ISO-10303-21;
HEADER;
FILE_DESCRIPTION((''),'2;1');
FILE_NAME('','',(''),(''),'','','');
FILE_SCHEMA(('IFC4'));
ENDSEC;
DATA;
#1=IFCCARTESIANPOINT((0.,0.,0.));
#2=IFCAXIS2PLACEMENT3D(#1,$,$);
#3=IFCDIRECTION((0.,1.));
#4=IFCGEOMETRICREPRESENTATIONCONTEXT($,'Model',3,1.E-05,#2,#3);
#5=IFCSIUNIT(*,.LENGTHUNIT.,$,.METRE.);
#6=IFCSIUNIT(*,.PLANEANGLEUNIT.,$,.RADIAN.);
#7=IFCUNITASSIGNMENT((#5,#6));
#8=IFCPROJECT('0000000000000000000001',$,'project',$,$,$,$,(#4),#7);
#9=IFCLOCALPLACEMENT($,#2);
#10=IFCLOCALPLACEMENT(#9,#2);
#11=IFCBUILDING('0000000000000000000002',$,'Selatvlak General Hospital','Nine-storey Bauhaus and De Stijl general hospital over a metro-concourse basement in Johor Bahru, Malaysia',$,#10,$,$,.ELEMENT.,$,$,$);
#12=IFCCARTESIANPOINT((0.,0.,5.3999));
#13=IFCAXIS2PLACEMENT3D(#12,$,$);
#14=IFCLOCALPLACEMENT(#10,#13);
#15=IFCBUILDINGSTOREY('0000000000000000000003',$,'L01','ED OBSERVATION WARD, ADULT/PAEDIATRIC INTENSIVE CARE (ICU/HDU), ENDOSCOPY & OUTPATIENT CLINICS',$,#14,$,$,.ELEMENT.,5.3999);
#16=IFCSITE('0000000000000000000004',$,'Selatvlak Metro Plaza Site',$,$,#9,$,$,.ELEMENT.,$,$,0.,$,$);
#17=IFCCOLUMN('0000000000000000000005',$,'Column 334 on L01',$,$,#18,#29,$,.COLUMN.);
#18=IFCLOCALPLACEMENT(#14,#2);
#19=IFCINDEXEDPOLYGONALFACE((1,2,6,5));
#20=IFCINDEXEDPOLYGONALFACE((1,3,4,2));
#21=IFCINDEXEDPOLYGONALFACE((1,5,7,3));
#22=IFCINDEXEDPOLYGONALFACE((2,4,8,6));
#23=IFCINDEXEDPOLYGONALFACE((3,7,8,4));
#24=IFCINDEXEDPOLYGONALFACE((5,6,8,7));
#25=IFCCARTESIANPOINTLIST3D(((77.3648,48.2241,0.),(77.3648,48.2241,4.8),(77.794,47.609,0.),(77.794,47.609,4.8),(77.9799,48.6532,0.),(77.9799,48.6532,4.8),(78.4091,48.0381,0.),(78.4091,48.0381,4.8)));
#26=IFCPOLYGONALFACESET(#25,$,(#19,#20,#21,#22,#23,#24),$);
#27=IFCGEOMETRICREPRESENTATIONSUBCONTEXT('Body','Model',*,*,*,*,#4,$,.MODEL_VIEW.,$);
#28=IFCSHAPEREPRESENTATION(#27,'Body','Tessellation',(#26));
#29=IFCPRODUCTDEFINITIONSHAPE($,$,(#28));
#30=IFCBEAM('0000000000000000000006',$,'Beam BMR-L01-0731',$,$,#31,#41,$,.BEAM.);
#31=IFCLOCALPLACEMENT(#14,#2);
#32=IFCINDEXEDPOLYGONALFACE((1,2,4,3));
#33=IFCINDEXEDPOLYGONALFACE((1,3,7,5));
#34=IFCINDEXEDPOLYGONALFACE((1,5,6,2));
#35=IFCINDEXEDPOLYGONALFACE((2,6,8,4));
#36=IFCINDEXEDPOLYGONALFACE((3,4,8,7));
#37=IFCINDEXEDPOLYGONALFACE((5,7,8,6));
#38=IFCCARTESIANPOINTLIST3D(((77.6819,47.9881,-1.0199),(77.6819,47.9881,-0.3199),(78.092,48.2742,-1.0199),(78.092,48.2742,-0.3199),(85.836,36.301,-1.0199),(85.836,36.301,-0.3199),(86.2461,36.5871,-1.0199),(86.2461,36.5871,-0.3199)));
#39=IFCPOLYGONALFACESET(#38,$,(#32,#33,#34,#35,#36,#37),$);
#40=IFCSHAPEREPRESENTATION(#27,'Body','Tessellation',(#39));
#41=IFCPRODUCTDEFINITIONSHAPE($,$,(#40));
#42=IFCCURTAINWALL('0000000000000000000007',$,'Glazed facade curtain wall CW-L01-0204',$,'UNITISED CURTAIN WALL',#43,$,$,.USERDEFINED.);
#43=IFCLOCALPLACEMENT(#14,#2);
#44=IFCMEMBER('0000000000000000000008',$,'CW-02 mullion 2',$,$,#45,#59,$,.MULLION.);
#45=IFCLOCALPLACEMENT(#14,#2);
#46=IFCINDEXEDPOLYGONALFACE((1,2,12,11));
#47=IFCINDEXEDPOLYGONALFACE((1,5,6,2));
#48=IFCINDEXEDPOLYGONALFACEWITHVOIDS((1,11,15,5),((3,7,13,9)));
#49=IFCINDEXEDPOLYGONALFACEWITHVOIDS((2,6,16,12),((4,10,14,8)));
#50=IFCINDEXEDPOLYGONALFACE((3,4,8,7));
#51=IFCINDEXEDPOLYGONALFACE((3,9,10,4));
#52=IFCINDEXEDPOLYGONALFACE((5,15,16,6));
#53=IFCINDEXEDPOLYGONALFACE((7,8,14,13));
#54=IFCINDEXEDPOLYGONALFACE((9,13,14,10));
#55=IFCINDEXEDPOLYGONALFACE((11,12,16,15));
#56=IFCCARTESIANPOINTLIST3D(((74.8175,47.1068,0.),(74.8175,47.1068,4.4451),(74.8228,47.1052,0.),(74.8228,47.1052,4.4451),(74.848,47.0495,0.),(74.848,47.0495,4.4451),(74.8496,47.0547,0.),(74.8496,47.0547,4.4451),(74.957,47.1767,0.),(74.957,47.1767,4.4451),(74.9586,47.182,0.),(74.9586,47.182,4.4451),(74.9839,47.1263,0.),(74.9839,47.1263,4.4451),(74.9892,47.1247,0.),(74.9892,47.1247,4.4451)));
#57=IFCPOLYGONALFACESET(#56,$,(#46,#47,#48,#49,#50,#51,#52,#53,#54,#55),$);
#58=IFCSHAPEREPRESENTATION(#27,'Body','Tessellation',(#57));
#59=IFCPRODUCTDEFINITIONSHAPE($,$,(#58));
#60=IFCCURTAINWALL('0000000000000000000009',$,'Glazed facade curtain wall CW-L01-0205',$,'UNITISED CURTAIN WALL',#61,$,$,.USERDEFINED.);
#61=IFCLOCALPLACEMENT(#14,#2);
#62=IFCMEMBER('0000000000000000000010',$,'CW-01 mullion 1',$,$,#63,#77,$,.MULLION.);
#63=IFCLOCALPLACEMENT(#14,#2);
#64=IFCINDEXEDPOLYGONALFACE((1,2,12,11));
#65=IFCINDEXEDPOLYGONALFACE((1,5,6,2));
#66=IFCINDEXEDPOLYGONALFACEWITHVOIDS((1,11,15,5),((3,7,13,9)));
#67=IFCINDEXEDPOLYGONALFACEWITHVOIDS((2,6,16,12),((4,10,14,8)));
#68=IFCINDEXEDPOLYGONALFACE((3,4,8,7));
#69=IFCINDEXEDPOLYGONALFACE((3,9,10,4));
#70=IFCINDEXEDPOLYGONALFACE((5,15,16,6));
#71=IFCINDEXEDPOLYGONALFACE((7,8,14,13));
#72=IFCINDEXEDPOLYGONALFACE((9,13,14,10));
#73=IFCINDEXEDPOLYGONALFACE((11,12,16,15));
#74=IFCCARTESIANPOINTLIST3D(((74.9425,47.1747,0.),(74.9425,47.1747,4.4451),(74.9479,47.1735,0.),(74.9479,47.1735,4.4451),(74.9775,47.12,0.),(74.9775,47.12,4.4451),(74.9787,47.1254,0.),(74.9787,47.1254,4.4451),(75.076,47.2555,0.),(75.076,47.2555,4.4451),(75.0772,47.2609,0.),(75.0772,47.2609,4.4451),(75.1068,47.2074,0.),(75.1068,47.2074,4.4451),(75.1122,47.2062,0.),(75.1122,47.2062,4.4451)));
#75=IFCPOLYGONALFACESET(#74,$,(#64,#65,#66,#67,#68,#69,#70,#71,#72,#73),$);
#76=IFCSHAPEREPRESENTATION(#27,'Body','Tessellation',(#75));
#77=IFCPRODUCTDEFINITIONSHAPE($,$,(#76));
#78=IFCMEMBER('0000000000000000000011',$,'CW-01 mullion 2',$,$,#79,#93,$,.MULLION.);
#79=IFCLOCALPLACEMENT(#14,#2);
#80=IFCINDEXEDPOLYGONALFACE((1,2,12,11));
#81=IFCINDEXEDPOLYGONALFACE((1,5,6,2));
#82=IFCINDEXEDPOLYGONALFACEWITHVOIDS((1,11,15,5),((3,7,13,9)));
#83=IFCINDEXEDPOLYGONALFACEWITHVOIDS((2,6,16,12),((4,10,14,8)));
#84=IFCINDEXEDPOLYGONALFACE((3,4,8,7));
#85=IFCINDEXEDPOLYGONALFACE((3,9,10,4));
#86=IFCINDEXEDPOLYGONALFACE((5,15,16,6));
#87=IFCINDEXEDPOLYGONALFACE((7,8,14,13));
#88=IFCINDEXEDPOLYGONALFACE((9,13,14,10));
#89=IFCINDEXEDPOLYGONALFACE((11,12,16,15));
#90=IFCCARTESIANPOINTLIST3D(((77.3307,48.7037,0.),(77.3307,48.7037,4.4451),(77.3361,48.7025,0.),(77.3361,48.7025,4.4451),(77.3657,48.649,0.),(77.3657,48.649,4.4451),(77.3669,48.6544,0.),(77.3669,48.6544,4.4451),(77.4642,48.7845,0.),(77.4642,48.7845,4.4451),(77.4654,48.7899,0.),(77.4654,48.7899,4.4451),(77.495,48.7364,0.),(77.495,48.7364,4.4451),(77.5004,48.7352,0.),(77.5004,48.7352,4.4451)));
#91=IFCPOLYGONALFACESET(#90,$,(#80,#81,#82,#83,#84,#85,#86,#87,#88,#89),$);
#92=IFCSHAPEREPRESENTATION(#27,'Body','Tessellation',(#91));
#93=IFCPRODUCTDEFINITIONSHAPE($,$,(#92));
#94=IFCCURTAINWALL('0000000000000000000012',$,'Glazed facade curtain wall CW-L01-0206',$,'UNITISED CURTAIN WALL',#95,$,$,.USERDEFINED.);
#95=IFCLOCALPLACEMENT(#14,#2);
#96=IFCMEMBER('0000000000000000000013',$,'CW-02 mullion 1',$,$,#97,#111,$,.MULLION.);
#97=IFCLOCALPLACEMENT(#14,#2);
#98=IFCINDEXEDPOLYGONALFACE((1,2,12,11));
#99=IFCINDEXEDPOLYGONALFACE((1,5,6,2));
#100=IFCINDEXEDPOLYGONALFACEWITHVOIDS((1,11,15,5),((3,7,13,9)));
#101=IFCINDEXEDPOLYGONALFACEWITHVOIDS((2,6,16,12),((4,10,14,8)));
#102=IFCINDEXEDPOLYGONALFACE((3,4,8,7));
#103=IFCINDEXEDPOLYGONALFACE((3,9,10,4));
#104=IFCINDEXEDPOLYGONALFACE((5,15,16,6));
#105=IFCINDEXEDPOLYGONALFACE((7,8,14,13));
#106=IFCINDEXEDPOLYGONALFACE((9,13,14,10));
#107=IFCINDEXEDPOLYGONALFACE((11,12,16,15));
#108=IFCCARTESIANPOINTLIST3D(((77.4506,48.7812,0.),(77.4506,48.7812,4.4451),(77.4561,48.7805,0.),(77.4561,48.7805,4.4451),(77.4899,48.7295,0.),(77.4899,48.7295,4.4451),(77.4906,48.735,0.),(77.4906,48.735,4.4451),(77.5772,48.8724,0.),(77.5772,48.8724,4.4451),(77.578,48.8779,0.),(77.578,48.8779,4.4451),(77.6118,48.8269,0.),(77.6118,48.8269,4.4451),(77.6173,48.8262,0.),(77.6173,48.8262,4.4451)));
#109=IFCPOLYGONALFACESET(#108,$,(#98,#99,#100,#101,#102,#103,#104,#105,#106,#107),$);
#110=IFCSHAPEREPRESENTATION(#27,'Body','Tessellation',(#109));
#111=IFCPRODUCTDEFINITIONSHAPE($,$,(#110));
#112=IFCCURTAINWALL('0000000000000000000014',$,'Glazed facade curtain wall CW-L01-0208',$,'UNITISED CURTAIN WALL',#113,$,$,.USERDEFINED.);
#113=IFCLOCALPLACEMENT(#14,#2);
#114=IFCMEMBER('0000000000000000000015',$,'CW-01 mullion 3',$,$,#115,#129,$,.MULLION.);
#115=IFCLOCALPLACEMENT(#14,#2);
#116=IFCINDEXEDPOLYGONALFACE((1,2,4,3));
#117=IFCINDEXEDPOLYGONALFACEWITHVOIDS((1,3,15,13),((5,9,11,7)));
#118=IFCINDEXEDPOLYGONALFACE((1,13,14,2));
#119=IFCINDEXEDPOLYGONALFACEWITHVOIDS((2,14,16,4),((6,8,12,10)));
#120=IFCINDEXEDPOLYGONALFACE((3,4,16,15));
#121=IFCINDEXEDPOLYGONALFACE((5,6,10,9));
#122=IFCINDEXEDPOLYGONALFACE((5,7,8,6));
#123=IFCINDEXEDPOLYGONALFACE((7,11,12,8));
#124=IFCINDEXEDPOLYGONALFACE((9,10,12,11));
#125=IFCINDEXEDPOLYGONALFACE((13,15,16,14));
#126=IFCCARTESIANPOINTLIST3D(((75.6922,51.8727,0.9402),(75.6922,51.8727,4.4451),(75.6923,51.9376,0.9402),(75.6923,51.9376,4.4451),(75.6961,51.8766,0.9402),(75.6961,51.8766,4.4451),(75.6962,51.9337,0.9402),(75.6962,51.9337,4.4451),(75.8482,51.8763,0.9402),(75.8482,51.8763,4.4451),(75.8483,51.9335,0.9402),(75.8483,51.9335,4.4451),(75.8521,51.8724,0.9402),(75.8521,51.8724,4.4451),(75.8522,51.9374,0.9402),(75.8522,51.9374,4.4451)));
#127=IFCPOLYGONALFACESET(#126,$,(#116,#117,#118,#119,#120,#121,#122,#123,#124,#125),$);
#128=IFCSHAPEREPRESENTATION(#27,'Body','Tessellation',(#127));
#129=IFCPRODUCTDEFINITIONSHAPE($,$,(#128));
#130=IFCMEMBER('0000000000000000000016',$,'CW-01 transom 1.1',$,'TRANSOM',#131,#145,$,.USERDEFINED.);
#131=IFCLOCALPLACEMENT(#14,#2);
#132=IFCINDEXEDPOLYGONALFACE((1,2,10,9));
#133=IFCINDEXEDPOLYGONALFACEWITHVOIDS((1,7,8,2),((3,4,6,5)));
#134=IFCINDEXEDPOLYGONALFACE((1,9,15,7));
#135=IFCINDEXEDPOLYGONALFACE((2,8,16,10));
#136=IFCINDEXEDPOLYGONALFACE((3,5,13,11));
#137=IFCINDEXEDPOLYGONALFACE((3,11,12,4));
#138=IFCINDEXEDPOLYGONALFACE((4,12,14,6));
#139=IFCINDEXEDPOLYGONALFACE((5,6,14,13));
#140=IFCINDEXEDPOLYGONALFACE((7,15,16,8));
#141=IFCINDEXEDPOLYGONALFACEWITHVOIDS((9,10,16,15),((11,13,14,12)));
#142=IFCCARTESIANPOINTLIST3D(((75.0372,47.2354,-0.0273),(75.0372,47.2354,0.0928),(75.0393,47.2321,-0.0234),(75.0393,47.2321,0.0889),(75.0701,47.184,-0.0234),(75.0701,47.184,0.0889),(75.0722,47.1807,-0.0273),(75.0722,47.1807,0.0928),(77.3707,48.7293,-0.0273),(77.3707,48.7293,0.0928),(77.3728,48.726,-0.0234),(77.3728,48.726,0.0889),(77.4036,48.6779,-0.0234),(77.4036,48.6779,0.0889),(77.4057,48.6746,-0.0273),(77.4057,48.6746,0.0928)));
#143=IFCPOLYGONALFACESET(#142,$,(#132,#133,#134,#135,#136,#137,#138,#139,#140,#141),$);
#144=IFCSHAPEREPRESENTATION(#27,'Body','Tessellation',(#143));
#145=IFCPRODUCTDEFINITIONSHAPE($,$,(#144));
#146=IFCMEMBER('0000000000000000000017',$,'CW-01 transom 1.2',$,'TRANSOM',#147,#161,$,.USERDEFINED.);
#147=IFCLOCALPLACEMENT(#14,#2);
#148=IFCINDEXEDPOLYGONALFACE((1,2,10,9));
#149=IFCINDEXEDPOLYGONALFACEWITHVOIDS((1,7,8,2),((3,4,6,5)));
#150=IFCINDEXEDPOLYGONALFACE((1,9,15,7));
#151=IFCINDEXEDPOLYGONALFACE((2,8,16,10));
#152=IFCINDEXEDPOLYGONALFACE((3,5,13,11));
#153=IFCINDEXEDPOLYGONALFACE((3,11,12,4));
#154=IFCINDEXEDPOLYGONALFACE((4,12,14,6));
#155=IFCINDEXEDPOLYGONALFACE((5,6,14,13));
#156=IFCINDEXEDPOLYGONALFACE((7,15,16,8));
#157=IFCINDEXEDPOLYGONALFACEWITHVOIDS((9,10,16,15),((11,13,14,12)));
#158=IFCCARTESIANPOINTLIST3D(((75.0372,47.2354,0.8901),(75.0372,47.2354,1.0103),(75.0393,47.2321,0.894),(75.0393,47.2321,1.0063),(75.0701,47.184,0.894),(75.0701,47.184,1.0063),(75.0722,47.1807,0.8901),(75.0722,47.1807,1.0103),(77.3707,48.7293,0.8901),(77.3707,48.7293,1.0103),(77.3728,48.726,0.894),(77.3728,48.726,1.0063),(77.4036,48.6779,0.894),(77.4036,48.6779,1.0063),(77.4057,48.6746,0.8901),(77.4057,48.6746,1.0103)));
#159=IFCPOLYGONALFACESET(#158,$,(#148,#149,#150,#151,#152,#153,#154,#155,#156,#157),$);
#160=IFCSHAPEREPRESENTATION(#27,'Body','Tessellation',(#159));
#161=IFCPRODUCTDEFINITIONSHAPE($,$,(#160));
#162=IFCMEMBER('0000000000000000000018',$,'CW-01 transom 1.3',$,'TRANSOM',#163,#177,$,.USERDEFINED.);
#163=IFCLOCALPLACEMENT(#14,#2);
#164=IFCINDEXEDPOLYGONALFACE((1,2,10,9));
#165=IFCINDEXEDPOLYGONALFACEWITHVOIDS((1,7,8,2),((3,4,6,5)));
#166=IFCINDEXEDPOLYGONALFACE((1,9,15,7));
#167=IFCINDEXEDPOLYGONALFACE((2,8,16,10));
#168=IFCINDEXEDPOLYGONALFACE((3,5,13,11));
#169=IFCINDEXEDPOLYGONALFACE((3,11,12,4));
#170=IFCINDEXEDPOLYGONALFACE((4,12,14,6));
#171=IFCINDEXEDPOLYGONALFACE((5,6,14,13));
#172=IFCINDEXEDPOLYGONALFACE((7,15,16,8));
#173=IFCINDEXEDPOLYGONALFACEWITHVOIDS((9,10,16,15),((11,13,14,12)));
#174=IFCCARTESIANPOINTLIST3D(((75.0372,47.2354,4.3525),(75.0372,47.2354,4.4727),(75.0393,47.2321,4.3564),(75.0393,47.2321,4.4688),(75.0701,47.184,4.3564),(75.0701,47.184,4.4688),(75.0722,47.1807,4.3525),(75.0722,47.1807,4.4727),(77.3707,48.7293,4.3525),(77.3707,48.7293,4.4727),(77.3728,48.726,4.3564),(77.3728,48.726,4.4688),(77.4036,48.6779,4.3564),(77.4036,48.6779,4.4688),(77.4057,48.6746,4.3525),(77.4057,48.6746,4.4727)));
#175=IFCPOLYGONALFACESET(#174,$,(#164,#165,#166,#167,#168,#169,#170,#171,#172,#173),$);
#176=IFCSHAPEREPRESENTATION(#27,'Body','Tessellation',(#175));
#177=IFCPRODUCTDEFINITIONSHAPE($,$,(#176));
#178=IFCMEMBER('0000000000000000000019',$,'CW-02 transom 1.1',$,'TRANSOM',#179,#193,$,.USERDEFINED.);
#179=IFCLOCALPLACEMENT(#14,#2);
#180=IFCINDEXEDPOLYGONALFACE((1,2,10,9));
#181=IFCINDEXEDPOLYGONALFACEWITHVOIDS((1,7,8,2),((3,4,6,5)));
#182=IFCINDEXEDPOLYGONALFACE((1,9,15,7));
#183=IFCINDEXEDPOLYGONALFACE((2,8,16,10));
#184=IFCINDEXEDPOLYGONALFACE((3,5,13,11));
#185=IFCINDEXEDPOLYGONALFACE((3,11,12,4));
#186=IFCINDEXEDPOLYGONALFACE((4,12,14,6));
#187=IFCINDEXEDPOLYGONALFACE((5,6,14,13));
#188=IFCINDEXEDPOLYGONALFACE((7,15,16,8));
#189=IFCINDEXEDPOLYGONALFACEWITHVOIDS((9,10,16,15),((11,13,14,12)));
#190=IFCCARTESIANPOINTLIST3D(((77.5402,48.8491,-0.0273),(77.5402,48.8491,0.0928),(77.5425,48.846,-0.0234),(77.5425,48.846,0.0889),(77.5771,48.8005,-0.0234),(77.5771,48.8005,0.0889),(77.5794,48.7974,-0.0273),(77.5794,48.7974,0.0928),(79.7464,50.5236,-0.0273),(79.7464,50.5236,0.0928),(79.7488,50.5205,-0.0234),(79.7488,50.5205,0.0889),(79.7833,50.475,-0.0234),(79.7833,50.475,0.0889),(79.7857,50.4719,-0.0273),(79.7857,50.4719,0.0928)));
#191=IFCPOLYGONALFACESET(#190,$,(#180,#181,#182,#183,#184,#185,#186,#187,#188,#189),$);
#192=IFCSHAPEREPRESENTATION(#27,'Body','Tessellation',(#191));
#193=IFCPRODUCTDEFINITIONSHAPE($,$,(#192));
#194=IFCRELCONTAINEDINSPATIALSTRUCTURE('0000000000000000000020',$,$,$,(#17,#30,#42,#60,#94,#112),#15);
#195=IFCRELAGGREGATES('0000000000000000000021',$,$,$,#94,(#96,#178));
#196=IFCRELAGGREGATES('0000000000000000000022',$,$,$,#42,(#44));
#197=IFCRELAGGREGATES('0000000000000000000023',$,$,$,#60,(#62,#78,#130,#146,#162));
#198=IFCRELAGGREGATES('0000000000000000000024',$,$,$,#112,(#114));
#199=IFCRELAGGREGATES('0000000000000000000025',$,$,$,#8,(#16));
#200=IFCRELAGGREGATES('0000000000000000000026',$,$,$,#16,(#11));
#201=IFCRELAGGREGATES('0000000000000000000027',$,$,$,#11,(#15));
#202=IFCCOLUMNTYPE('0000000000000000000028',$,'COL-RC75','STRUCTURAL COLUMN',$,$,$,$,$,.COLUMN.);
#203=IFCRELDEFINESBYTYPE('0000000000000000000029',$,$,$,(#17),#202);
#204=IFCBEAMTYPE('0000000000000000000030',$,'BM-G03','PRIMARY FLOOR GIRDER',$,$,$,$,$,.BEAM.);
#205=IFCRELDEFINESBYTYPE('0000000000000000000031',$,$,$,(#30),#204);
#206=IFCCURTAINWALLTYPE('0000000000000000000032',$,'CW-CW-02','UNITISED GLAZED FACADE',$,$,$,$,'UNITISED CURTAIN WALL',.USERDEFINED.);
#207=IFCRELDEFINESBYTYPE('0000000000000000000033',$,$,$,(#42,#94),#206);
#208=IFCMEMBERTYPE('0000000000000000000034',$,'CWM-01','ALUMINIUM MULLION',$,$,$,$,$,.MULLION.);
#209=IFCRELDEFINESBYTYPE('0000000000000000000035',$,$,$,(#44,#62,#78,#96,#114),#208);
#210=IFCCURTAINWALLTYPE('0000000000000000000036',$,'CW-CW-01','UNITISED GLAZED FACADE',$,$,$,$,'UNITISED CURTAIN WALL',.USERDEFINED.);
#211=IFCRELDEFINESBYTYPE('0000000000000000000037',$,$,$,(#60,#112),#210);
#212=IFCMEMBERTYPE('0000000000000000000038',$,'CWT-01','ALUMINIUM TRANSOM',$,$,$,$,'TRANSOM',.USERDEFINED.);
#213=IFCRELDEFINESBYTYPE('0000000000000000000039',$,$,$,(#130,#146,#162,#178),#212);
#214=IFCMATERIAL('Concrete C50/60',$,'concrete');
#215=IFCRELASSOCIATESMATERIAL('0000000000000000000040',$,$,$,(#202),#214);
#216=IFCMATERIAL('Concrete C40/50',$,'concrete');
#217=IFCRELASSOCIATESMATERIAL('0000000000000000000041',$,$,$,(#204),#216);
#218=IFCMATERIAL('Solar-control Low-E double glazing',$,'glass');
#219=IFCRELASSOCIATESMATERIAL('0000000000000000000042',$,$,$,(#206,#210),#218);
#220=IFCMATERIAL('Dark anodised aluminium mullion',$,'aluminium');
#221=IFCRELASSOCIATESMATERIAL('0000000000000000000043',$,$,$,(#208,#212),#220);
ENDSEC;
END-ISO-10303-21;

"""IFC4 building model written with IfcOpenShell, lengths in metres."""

from ifc_helpers import new_model, si_unit, direction, frame, origin, origin_2d, place, context, subcontext, project, spatial, rectangle, hollow_rectangle, extrude, material, material_profile, profile_set, type_object, element, aggregate, save


model = new_model("IFC4")

# Units and contexts
model_context = context("Model", 3, precision=1e-05, world=origin(), true_north=direction((0.0, 1.0)))
body_context = subcontext(model_context, "Body", "Model", "MODEL_VIEW")
ifc_project = project(units=[si_unit("LENGTHUNIT", "METRE"), si_unit("PLANEANGLEUNIT", "RADIAN")], contexts=[model_context])

# Site, building, storey
site_placement = place(None, origin())
site = spatial("IfcSite", under=ifc_project, at=site_placement, Name="Selatvlak Metro Plaza Site", CompositionType="ELEMENT", RefElevation=0.0)
building_placement = place(site_placement, origin())
building = spatial("IfcBuilding", under=site, at=building_placement, Name="Selatvlak General Hospital", Description="Nine-storey Bauhaus and De Stijl general hospital over a metro-concourse basement in Johor Bahru, Malaysia", CompositionType="ELEMENT")
storey_placement = place(building_placement, frame((0.0, 0.0, 5.3999)))
storey = spatial("IfcBuildingStorey", under=building, at=storey_placement, Name="L01", Description="ED OBSERVATION WARD, ADULT/PAEDIATRIC INTENSIVE CARE (ICU/HDU), ENDOSCOPY & OUTPATIENT CLINICS", CompositionType="ELEMENT", Elevation=5.3999)

# Column
ifc_material_1 = material(Name="Concrete C50/60", Category="concrete")
ifc_material_profile_1 = material_profile(ifc_material_1, rectangle(XDim=0.75, YDim=0.75, at=origin_2d()), Name="RC-COL 750x750")
ifc_profile_set_1 = profile_set([ifc_material_profile_1], Name="Concrete C50/60")
column_type = type_object("IfcColumnType", Name="COL-RC75", Description="STRUCTURAL COLUMN", PredefinedType="COLUMN", material=ifc_profile_set_1)
column_placement = place(storey_placement, frame((77.887, 48.1311, 0.0), z_axis=(0.0, 0.0, 1.0), x_axis=(-0.572189, 0.820122, 0.0)))
element("IfcColumn", 1, at=column_placement, inside=storey, type_object=column_type, Name="Column 334 on L01", PredefinedType="COLUMN", context=body_context, shape_type="SweptSolid", body=[
    extrude(rectangle(XDim=0.75, YDim=0.75, at=origin_2d()), origin(), (0.0, 0.0, 1.0), 4.8),
])

# Beam
ifc_material_2 = material(Name="Concrete C40/50", Category="concrete")
ifc_material_profile_2 = material_profile(ifc_material_2, rectangle(XDim=0.5, YDim=0.7, at=origin_2d()), Name="RC-BM 500x700")
ifc_profile_set_2 = profile_set([ifc_material_profile_2], Name="Concrete C40/50")
beam_type = type_object("IfcBeamType", Name="BM-G03", Description="PRIMARY FLOOR GIRDER", PredefinedType="BEAM", material=ifc_profile_set_2)
beam_placement = place(storey_placement, frame((77.887, 48.1311, -0.6699), z_axis=(0.572197, -0.820116, 0.0), x_axis=(0.820116, 0.572197, 0.0)))
element("IfcBeam", 2, at=beam_placement, inside=storey, type_object=beam_type, Name="Beam BMR-L01-0731", PredefinedType="BEAM", context=body_context, shape_type="SweptSolid", body=[
    extrude(rectangle(XDim=0.5, YDim=0.7, at=origin_2d()), origin(), (0.0, 0.0, 1.0), 14.2505),
])

# Curtain wall, member
ifc_material_3 = material(Name="Solar-control Low-E double glazing", Category="glass")
curtain_wall_type_1 = type_object("IfcCurtainWallType", Name="CW-CW-02", Description="UNITISED GLAZED FACADE", ElementType="UNITISED CURTAIN WALL", PredefinedType="USERDEFINED", material=ifc_material_3)
curtain_wall_1_placement = place(storey_placement, origin())
curtain_wall_1 = element("IfcCurtainWall", 3, at=curtain_wall_1_placement, inside=storey, type_object=curtain_wall_type_1, Name="Glazed facade curtain wall CW-L01-0204", ObjectType="UNITISED CURTAIN WALL", PredefinedType="USERDEFINED")
ifc_material_4 = material(Name="Dark anodised aluminium mullion", Category="aluminium")
ifc_material_profile_3 = material_profile(ifc_material_4, hollow_rectangle(XDim=0.0649, YDim=0.1599, WallThickness=0.0039, at=origin_2d()), Name="AL-MUL 65x160x4")
ifc_profile_set_3 = profile_set([ifc_material_profile_3], Name="Dark anodised aluminium mullion")
member_type_1 = type_object("IfcMemberType", Name="CWM-01", Description="ALUMINIUM MULLION", PredefinedType="MULLION", material=ifc_profile_set_3)
member_1_placement = place(storey_placement, frame((74.9033, 47.1157, 0.0), z_axis=(0.0, 0.0, 1.0), x_axis=(-0.470338, 0.882486, 0.0)))
member_1 = element("IfcMember", 4, at=member_1_placement, type_object=member_type_1, Name="CW-02 mullion 2", PredefinedType="MULLION", context=body_context, shape_type="SweptSolid", body=[
    extrude(hollow_rectangle(XDim=0.0649, YDim=0.1599, WallThickness=0.0039, at=origin_2d()), origin(), (0.0, 0.0, 1.0), 4.4451),
])

# Curtain wall, members
curtain_wall_type_2 = type_object("IfcCurtainWallType", Name="CW-CW-01", Description="UNITISED GLAZED FACADE", ElementType="UNITISED CURTAIN WALL", PredefinedType="USERDEFINED", material=ifc_material_3)
curtain_wall_2_placement = place(storey_placement, origin())
curtain_wall_2 = element("IfcCurtainWall", 5, at=curtain_wall_2_placement, inside=storey, type_object=curtain_wall_type_2, Name="Glazed facade curtain wall CW-L01-0205", ObjectType="UNITISED CURTAIN WALL", PredefinedType="USERDEFINED")
member_2_placement = place(storey_placement, frame((75.0273, 47.1904, 0.0), z_axis=(0.0, 0.0, 1.0), x_axis=(-0.539171, 0.842196, 0.0)))
member_2 = element("IfcMember", 6, at=member_2_placement, type_object=member_type_1, Name="CW-01 mullion 1", PredefinedType="MULLION", context=body_context, shape_type="SweptSolid", body=[
    extrude(hollow_rectangle(XDim=0.0649, YDim=0.1599, WallThickness=0.0039, at=origin_2d()), origin(), (0.0, 0.0, 1.0), 4.4451),
])
member_3_placement = place(storey_placement, frame((77.4155, 48.7195, 0.0), z_axis=(0.0, 0.0, 1.0), x_axis=(-0.539171, 0.842196, 0.0)))
member_3 = element("IfcMember", 7, at=member_3_placement, type_object=member_type_1, Name="CW-01 mullion 2", PredefinedType="MULLION", context=body_context, shape_type="SweptSolid", body=[
    extrude(hollow_rectangle(XDim=0.0649, YDim=0.1599, WallThickness=0.0039, at=origin_2d()), origin(), (0.0, 0.0, 1.0), 4.4451),
])

# Curtain walls, members
curtain_wall_3_placement = place(storey_placement, origin())
curtain_wall_3 = element("IfcCurtainWall", 8, at=curtain_wall_3_placement, inside=storey, type_object=curtain_wall_type_1, Name="Glazed facade curtain wall CW-L01-0206", ObjectType="UNITISED CURTAIN WALL", PredefinedType="USERDEFINED")
member_4_placement = place(storey_placement, frame((77.5339, 48.8037, 0.0), z_axis=(0.0, 0.0, 1.0), x_axis=(-0.604515, 0.796594, 0.0)))
member_4 = element("IfcMember", 9, at=member_4_placement, type_object=member_type_1, Name="CW-02 mullion 1", PredefinedType="MULLION", context=body_context, shape_type="SweptSolid", body=[
    extrude(hollow_rectangle(XDim=0.0649, YDim=0.1599, WallThickness=0.0039, at=origin_2d()), origin(), (0.0, 0.0, 1.0), 4.4451),
])
curtain_wall_4_placement = place(storey_placement, origin())
curtain_wall_4 = element("IfcCurtainWall", 10, at=curtain_wall_4_placement, inside=storey, type_object=curtain_wall_type_2, Name="Glazed facade curtain wall CW-L01-0208", ObjectType="UNITISED CURTAIN WALL", PredefinedType="USERDEFINED")
member_5_placement = place(storey_placement, frame((75.7722, 51.905, 0.9402), z_axis=(0.0, 0.0, 1.0), x_axis=(-0.0018, -0.999998, 0.0)))
member_5 = element("IfcMember", 11, at=member_5_placement, type_object=member_type_1, Name="CW-01 mullion 3", PredefinedType="MULLION", context=body_context, shape_type="SweptSolid", body=[
    extrude(hollow_rectangle(XDim=0.0649, YDim=0.1599, WallThickness=0.0039, at=origin_2d()), origin(), (0.0, 0.0, 1.0), 3.5049),
])

# Members
ifc_material_profile_4 = material_profile(ifc_material_4, hollow_rectangle(XDim=0.0649, YDim=0.1201, WallThickness=0.0039, at=origin_2d()), Name="AL-TRN 65x120x4")
ifc_profile_set_4 = profile_set([ifc_material_profile_4], Name="Dark anodised aluminium mullion")
member_type_2 = type_object("IfcMemberType", Name="CWT-01", Description="ALUMINIUM TRANSOM", ElementType="TRANSOM", PredefinedType="USERDEFINED", material=ifc_profile_set_4)
member_6_placement = place(storey_placement, frame((75.0547, 47.208, 0.0327), z_axis=(0.842196, 0.539171, 0.0), x_axis=(-0.539171, 0.842196, 0.0)))
member_6 = element("IfcMember", 12, at=member_6_placement, type_object=member_type_2, Name="CW-01 transom 1.1", ObjectType="TRANSOM", PredefinedType="USERDEFINED", context=body_context, shape_type="SweptSolid", body=[
    extrude(hollow_rectangle(XDim=0.0649, YDim=0.1201, WallThickness=0.0039, at=origin_2d()), origin(), (0.0, 0.0, 1.0), 2.7708),
])
member_7_placement = place(storey_placement, frame((75.0547, 47.208, 0.9502), z_axis=(0.842196, 0.539171, 0.0), x_axis=(-0.539171, 0.842196, 0.0)))
member_7 = element("IfcMember", 13, at=member_7_placement, type_object=member_type_2, Name="CW-01 transom 1.2", ObjectType="TRANSOM", PredefinedType="USERDEFINED", context=body_context, shape_type="SweptSolid", body=[
    extrude(hollow_rectangle(XDim=0.0649, YDim=0.1201, WallThickness=0.0039, at=origin_2d()), origin(), (0.0, 0.0, 1.0), 2.7708),
])
member_8_placement = place(storey_placement, frame((75.0547, 47.208, 4.4126), z_axis=(0.842196, 0.539171, 0.0), x_axis=(-0.539171, 0.842196, 0.0)))
member_8 = element("IfcMember", 14, at=member_8_placement, type_object=member_type_2, Name="CW-01 transom 1.3", ObjectType="TRANSOM", PredefinedType="USERDEFINED", context=body_context, shape_type="SweptSolid", body=[
    extrude(hollow_rectangle(XDim=0.0649, YDim=0.1201, WallThickness=0.0039, at=origin_2d()), origin(), (0.0, 0.0, 1.0), 2.7708),
])
member_9_placement = place(storey_placement, frame((77.5598, 48.8232, 0.0327), z_axis=(0.796549, 0.604574, 0.0), x_axis=(-0.604574, 0.796549, 0.0)))
member_9 = element("IfcMember", 15, at=member_9_placement, type_object=member_type_2, Name="CW-02 transom 1.1", ObjectType="TRANSOM", PredefinedType="USERDEFINED", context=body_context, shape_type="SweptSolid", body=[
    extrude(hollow_rectangle(XDim=0.0649, YDim=0.1201, WallThickness=0.0039, at=origin_2d()), origin(), (0.0, 0.0, 1.0), 2.7698),
])
aggregate(curtain_wall_3, [member_4, member_9])

aggregate(curtain_wall_1, [member_1])
aggregate(curtain_wall_2, [member_2, member_3, member_6, member_7, member_8])
aggregate(curtain_wall_4, [member_5])

save(model, "model.ifc")
